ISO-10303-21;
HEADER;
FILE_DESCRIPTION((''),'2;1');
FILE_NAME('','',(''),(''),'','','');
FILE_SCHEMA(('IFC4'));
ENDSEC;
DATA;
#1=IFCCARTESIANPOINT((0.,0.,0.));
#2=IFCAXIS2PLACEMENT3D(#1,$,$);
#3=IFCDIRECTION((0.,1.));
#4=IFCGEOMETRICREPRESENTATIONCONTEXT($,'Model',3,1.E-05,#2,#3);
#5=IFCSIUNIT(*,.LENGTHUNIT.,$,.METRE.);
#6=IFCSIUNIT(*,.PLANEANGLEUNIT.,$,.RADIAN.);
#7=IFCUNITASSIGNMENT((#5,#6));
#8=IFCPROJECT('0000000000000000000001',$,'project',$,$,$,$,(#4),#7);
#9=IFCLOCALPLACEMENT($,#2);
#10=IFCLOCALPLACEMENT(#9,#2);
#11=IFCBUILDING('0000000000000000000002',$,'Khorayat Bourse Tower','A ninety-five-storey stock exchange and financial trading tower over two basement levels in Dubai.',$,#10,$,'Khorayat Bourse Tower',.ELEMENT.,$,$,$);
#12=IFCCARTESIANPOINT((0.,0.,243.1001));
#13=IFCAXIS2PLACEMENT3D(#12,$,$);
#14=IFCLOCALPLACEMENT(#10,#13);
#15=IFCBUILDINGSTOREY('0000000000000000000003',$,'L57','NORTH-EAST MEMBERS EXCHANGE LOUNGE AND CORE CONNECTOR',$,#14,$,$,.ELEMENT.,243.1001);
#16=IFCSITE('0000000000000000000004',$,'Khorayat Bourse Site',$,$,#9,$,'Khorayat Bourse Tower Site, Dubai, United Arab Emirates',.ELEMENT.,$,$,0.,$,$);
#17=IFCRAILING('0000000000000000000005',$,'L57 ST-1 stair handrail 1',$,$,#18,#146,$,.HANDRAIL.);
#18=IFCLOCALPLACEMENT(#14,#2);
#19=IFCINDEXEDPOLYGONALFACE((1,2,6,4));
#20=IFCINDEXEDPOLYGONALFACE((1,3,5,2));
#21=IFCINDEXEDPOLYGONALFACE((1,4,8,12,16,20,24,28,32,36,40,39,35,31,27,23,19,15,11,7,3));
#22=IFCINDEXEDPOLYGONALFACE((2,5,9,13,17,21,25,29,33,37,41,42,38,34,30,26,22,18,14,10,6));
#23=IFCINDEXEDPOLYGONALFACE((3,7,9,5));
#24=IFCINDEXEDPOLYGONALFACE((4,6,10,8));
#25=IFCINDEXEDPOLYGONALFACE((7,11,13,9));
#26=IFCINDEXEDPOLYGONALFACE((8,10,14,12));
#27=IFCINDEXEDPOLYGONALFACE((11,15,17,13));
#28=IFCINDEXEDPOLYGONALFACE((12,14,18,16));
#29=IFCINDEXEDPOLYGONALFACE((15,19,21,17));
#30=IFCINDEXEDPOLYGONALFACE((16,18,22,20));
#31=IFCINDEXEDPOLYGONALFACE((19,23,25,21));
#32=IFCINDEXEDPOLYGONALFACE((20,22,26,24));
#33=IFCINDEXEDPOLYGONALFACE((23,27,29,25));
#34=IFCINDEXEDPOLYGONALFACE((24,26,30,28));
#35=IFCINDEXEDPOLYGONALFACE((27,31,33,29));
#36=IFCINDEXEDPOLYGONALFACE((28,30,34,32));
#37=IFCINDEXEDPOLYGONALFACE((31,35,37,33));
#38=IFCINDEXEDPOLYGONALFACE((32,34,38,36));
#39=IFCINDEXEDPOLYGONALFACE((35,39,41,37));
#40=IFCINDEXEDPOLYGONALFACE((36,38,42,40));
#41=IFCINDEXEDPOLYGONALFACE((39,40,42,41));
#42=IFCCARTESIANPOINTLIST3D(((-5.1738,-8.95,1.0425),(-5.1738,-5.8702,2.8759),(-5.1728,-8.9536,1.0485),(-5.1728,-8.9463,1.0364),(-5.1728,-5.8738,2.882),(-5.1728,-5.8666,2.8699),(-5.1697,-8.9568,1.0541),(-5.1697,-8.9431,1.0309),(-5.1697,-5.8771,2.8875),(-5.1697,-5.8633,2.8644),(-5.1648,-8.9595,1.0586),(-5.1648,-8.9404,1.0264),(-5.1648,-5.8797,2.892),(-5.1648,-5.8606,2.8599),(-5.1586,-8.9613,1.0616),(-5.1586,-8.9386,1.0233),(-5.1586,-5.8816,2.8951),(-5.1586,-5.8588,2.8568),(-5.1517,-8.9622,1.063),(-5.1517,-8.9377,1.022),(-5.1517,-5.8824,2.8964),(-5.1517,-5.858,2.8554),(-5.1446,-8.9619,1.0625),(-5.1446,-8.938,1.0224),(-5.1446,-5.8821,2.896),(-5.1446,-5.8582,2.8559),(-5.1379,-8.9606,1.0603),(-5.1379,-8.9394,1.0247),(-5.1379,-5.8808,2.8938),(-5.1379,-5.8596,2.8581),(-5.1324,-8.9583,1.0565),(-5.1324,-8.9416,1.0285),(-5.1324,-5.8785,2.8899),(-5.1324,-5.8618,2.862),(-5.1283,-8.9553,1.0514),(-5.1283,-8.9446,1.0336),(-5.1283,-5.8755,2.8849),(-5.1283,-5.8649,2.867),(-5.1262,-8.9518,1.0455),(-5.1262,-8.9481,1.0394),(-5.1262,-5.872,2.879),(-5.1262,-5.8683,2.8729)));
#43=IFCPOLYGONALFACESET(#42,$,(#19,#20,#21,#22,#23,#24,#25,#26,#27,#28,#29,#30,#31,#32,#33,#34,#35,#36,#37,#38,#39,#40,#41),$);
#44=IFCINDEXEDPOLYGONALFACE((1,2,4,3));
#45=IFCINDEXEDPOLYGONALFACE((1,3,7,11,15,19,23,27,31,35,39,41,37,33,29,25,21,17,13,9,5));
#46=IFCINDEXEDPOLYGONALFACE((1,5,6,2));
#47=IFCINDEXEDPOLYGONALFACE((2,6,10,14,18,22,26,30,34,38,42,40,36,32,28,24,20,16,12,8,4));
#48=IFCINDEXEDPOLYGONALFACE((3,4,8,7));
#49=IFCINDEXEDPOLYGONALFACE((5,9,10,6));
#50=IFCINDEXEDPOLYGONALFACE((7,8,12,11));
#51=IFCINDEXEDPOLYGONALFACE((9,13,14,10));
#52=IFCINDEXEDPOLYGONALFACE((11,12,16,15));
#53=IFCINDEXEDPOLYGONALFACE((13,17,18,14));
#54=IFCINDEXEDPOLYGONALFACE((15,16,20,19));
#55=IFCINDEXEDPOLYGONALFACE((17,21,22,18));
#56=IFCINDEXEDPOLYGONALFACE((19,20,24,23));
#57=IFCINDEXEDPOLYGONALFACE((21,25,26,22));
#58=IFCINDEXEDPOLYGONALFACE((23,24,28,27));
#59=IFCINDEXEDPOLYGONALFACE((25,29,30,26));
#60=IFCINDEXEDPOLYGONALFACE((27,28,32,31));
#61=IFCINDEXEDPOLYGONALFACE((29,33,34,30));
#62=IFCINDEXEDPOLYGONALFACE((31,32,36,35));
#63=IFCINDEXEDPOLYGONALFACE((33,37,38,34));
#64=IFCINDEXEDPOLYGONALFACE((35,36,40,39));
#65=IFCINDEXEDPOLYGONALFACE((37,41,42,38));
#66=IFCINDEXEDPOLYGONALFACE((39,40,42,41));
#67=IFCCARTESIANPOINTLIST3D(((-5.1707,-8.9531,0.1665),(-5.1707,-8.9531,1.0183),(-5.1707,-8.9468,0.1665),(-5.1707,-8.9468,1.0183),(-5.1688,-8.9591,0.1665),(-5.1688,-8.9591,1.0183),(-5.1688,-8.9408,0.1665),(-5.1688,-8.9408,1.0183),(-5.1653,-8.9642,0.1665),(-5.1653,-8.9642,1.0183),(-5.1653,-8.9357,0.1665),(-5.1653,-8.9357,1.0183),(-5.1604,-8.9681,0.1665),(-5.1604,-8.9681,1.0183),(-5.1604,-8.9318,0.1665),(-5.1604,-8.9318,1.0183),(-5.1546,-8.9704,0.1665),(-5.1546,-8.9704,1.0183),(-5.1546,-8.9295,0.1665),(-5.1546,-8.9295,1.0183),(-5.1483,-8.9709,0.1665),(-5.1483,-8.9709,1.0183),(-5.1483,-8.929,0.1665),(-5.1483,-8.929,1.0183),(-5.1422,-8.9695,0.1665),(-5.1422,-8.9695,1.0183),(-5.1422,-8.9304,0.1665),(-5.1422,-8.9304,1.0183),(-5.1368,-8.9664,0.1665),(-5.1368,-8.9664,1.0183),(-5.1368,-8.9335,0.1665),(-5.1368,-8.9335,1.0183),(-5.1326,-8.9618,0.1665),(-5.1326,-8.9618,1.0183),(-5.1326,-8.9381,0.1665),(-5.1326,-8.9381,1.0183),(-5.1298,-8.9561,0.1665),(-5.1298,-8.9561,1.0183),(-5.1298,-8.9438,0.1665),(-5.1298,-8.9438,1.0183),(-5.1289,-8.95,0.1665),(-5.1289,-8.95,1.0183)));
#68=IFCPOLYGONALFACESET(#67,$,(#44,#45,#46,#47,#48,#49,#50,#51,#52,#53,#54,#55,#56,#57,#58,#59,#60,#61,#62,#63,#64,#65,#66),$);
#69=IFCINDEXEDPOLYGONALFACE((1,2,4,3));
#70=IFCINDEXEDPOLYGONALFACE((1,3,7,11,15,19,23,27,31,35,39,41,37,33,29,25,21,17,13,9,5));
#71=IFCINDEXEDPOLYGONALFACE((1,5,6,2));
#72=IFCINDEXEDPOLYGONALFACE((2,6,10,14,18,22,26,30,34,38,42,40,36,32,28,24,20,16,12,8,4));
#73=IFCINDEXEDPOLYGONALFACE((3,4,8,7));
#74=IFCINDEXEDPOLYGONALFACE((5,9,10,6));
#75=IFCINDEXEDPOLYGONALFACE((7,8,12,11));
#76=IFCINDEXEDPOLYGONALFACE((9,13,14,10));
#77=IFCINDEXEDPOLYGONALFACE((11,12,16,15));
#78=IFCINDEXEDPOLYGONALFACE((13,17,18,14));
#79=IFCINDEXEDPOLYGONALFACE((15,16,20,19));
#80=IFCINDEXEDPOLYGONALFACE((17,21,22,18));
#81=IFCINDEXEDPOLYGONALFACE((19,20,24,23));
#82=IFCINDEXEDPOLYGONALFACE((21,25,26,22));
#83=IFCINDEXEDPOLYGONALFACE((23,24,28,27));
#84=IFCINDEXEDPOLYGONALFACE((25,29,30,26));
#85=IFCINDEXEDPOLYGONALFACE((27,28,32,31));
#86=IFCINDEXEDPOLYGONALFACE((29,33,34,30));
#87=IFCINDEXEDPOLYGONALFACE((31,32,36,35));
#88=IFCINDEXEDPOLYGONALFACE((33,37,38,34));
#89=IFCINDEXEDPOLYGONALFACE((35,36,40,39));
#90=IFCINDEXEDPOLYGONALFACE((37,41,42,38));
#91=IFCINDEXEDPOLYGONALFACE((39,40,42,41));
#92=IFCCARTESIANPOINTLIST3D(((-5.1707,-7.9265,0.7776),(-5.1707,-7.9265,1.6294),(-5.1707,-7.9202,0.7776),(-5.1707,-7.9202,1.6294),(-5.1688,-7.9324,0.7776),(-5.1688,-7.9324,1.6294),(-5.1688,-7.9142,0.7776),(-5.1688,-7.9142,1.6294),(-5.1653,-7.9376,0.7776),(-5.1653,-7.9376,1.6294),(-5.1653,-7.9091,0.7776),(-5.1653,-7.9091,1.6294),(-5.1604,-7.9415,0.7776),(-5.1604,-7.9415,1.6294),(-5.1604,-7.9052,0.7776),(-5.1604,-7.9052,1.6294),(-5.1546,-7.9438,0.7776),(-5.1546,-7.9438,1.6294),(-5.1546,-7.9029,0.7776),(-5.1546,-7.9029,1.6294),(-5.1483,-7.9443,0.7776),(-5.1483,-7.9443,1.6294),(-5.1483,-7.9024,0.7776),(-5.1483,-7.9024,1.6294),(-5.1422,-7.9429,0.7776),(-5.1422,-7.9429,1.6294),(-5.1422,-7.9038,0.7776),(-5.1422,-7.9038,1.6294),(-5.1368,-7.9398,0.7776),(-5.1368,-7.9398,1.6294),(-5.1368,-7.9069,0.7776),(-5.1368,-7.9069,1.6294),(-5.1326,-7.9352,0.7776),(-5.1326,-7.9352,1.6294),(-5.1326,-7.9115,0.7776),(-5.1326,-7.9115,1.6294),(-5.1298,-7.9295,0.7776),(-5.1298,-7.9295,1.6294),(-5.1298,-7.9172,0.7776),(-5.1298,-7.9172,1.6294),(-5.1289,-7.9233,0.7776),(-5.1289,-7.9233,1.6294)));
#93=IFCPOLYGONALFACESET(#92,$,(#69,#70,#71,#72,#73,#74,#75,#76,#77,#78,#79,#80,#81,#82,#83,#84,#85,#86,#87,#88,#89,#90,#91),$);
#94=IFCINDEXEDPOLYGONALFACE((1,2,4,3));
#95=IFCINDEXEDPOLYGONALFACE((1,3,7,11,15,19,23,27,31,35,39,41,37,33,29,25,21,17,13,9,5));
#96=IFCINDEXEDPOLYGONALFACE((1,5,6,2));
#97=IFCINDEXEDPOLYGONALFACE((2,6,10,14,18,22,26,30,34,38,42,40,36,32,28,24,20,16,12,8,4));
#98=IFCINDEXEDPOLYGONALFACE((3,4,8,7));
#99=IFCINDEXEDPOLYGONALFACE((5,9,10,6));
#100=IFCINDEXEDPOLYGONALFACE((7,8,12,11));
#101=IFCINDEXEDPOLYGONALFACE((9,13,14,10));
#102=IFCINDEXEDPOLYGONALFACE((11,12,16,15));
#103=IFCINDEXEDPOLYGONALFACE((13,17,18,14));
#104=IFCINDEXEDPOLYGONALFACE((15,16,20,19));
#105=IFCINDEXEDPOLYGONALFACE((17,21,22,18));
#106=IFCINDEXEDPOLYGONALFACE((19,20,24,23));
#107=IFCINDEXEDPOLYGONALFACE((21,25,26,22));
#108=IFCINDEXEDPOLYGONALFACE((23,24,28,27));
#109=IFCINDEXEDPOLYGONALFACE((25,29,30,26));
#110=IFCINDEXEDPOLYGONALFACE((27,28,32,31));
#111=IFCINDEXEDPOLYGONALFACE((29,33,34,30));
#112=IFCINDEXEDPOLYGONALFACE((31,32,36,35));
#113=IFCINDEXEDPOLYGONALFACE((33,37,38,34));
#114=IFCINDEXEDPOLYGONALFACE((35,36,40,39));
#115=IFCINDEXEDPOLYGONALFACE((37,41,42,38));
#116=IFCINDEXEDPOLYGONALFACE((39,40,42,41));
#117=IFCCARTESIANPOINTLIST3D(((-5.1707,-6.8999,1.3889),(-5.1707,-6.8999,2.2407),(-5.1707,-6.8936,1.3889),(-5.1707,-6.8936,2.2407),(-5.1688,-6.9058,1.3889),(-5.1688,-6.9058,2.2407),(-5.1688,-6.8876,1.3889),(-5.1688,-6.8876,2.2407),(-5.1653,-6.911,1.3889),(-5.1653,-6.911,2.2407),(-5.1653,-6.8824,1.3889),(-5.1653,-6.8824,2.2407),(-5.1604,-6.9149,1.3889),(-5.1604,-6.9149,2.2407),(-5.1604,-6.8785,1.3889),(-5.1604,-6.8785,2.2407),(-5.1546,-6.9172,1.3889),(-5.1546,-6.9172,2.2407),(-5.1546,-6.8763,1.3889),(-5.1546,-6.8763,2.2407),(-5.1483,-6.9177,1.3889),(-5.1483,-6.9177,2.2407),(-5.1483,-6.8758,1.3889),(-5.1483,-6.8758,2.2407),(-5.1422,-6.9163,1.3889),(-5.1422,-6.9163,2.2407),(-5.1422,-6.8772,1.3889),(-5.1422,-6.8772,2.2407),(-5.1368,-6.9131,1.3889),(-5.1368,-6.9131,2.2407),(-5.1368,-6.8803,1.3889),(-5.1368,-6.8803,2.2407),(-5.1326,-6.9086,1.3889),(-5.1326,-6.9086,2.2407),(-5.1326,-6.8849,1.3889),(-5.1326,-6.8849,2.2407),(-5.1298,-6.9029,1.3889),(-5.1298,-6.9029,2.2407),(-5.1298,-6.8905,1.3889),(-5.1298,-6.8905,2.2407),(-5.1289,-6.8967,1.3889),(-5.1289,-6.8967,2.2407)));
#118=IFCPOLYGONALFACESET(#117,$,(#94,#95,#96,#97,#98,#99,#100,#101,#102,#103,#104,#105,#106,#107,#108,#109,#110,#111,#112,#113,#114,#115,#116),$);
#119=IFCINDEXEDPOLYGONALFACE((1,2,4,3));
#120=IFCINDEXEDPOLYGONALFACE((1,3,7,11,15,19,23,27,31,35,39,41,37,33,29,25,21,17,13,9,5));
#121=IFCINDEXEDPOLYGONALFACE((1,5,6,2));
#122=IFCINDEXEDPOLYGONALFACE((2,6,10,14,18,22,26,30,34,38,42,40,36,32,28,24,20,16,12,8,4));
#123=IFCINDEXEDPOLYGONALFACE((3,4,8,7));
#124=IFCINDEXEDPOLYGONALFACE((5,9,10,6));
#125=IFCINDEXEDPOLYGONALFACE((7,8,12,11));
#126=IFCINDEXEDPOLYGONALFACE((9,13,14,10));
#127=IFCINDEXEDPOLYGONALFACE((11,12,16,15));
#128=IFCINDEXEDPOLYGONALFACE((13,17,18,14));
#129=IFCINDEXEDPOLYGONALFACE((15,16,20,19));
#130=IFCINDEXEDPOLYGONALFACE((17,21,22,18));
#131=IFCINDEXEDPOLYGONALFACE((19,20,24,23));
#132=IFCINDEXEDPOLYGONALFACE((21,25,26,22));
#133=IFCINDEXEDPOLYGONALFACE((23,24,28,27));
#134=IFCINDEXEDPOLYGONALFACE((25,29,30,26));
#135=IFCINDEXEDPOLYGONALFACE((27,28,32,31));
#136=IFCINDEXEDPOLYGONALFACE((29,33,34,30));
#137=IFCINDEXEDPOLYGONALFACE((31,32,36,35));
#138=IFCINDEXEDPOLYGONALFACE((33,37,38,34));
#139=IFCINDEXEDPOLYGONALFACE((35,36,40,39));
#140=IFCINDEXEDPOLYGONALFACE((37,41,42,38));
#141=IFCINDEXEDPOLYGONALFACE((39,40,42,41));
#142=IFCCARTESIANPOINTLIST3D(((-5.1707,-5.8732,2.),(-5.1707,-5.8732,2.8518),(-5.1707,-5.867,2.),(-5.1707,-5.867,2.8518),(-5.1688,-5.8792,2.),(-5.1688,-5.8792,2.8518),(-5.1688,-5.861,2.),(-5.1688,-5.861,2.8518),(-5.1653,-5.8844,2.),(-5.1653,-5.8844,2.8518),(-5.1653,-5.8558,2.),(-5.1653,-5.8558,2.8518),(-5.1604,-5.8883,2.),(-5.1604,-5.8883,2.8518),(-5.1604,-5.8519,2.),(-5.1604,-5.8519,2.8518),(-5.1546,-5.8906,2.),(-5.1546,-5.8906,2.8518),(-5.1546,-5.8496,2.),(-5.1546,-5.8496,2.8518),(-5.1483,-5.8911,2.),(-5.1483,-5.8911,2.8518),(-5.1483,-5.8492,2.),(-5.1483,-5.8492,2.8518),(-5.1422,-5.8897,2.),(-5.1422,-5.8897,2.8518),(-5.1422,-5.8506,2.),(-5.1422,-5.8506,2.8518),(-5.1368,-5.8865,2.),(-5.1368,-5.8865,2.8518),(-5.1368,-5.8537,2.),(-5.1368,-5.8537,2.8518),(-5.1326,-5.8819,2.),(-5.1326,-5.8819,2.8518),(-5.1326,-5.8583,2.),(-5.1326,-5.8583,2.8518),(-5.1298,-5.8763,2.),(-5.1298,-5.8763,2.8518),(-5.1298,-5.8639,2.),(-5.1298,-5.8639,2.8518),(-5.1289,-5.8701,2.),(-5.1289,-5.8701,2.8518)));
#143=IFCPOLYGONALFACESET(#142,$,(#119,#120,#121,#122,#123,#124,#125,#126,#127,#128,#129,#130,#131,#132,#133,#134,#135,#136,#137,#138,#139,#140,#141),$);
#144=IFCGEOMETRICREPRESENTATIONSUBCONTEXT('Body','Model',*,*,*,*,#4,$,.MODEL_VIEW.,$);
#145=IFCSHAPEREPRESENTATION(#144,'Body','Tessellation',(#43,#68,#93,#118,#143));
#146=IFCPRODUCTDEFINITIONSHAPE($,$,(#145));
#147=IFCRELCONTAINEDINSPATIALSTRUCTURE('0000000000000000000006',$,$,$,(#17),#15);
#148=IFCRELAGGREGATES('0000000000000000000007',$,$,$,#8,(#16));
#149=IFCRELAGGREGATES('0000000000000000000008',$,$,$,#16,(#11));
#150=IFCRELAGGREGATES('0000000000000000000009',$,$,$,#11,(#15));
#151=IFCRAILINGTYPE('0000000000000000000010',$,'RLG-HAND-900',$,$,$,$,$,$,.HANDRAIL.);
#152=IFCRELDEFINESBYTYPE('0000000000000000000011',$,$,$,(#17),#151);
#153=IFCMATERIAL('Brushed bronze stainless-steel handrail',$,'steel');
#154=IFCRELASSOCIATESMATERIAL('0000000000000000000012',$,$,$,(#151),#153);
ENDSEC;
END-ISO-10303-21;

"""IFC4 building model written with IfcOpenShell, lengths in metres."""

from ifc_helpers import new_model, si_unit, direction, frame, origin, origin_2d, place, context, subcontext, project, spatial, circle, extrude, source, transform, mapped, material, type_object, element, save


model = new_model("IFC4")

# Units and contexts
model_context = context("Model", 3, precision=1e-05, world=origin(), true_north=direction((0.0, 1.0)))
body_context = subcontext(model_context, "Body", "Model", "MODEL_VIEW")
ifc_project = project(units=[si_unit("LENGTHUNIT", "METRE"), si_unit("PLANEANGLEUNIT", "RADIAN")], contexts=[model_context])

# Site, building, storey
site_placement = place(None, origin())
site = spatial("IfcSite", under=ifc_project, at=site_placement, Name="Khorayat Bourse Site", LongName="Khorayat Bourse Tower Site, Dubai, United Arab Emirates", CompositionType="ELEMENT", RefElevation=0.0)
building_placement = place(site_placement, origin())
building = spatial("IfcBuilding", under=site, at=building_placement, Name="Khorayat Bourse Tower", Description="A ninety-five-storey stock exchange and financial trading tower over two basement levels in Dubai.", LongName="Khorayat Bourse Tower", CompositionType="ELEMENT")
storey_placement = place(building_placement, frame((0.0, 0.0, 243.1001)))
storey = spatial("IfcBuildingStorey", under=building, at=storey_placement, Name="L57", Description="NORTH-EAST MEMBERS EXCHANGE LOUNGE AND CORE CONNECTOR", CompositionType="ELEMENT", Elevation=243.1001)

# Railing
ifc_material_1 = material(Name="Brushed bronze stainless-steel handrail", Category="steel")
railing_type_1 = type_object("IfcRailingType", Name="RLG-HAND-900", PredefinedType="HANDRAIL", material=ifc_material_1)
shared_shape_1 = source(origin(), body_context, "Body", "SweptSolid", [
    extrude(circle(Radius=0.0239, at=origin_2d()), frame((0.0, 0.0, 0.876), z_axis=(0.0, 0.859261, 0.511538), x_axis=(-1.0, 0.0, 0.0)), (0.0, 0.0, 1.0), 3.5842),
    extrude(circle(Radius=0.021, at=origin_2d()), origin(), (0.0, 0.0, 1.0), 0.8518),
    extrude(circle(Radius=0.021, at=origin_2d()), frame((0.0, 1.0266, 0.6111)), (0.0, 0.0, 1.0), 0.8518),
    extrude(circle(Radius=0.021, at=origin_2d()), frame((0.0, 2.0532, 1.2224)), (0.0, 0.0, 1.0), 0.8518),
    extrude(circle(Radius=0.021, at=origin_2d()), frame((0.0, 3.0798, 1.8335)), (0.0, 0.0, 1.0), 0.8518),
])
railing_1_placement = place(storey_placement, frame((-5.1499, -8.95, 0.1665)))
element("IfcRailing", 1, at=railing_1_placement, inside=storey, type_object=railing_type_1, Name="L57 ST-1 stair handrail 1", PredefinedType="HANDRAIL", context=body_context, shape_type="MappedRepresentation", body=[
    mapped(shared_shape_1, transform((0.0, 0.0, 0.0), scale=1.0)),
])

save(model, "model.ifc")
